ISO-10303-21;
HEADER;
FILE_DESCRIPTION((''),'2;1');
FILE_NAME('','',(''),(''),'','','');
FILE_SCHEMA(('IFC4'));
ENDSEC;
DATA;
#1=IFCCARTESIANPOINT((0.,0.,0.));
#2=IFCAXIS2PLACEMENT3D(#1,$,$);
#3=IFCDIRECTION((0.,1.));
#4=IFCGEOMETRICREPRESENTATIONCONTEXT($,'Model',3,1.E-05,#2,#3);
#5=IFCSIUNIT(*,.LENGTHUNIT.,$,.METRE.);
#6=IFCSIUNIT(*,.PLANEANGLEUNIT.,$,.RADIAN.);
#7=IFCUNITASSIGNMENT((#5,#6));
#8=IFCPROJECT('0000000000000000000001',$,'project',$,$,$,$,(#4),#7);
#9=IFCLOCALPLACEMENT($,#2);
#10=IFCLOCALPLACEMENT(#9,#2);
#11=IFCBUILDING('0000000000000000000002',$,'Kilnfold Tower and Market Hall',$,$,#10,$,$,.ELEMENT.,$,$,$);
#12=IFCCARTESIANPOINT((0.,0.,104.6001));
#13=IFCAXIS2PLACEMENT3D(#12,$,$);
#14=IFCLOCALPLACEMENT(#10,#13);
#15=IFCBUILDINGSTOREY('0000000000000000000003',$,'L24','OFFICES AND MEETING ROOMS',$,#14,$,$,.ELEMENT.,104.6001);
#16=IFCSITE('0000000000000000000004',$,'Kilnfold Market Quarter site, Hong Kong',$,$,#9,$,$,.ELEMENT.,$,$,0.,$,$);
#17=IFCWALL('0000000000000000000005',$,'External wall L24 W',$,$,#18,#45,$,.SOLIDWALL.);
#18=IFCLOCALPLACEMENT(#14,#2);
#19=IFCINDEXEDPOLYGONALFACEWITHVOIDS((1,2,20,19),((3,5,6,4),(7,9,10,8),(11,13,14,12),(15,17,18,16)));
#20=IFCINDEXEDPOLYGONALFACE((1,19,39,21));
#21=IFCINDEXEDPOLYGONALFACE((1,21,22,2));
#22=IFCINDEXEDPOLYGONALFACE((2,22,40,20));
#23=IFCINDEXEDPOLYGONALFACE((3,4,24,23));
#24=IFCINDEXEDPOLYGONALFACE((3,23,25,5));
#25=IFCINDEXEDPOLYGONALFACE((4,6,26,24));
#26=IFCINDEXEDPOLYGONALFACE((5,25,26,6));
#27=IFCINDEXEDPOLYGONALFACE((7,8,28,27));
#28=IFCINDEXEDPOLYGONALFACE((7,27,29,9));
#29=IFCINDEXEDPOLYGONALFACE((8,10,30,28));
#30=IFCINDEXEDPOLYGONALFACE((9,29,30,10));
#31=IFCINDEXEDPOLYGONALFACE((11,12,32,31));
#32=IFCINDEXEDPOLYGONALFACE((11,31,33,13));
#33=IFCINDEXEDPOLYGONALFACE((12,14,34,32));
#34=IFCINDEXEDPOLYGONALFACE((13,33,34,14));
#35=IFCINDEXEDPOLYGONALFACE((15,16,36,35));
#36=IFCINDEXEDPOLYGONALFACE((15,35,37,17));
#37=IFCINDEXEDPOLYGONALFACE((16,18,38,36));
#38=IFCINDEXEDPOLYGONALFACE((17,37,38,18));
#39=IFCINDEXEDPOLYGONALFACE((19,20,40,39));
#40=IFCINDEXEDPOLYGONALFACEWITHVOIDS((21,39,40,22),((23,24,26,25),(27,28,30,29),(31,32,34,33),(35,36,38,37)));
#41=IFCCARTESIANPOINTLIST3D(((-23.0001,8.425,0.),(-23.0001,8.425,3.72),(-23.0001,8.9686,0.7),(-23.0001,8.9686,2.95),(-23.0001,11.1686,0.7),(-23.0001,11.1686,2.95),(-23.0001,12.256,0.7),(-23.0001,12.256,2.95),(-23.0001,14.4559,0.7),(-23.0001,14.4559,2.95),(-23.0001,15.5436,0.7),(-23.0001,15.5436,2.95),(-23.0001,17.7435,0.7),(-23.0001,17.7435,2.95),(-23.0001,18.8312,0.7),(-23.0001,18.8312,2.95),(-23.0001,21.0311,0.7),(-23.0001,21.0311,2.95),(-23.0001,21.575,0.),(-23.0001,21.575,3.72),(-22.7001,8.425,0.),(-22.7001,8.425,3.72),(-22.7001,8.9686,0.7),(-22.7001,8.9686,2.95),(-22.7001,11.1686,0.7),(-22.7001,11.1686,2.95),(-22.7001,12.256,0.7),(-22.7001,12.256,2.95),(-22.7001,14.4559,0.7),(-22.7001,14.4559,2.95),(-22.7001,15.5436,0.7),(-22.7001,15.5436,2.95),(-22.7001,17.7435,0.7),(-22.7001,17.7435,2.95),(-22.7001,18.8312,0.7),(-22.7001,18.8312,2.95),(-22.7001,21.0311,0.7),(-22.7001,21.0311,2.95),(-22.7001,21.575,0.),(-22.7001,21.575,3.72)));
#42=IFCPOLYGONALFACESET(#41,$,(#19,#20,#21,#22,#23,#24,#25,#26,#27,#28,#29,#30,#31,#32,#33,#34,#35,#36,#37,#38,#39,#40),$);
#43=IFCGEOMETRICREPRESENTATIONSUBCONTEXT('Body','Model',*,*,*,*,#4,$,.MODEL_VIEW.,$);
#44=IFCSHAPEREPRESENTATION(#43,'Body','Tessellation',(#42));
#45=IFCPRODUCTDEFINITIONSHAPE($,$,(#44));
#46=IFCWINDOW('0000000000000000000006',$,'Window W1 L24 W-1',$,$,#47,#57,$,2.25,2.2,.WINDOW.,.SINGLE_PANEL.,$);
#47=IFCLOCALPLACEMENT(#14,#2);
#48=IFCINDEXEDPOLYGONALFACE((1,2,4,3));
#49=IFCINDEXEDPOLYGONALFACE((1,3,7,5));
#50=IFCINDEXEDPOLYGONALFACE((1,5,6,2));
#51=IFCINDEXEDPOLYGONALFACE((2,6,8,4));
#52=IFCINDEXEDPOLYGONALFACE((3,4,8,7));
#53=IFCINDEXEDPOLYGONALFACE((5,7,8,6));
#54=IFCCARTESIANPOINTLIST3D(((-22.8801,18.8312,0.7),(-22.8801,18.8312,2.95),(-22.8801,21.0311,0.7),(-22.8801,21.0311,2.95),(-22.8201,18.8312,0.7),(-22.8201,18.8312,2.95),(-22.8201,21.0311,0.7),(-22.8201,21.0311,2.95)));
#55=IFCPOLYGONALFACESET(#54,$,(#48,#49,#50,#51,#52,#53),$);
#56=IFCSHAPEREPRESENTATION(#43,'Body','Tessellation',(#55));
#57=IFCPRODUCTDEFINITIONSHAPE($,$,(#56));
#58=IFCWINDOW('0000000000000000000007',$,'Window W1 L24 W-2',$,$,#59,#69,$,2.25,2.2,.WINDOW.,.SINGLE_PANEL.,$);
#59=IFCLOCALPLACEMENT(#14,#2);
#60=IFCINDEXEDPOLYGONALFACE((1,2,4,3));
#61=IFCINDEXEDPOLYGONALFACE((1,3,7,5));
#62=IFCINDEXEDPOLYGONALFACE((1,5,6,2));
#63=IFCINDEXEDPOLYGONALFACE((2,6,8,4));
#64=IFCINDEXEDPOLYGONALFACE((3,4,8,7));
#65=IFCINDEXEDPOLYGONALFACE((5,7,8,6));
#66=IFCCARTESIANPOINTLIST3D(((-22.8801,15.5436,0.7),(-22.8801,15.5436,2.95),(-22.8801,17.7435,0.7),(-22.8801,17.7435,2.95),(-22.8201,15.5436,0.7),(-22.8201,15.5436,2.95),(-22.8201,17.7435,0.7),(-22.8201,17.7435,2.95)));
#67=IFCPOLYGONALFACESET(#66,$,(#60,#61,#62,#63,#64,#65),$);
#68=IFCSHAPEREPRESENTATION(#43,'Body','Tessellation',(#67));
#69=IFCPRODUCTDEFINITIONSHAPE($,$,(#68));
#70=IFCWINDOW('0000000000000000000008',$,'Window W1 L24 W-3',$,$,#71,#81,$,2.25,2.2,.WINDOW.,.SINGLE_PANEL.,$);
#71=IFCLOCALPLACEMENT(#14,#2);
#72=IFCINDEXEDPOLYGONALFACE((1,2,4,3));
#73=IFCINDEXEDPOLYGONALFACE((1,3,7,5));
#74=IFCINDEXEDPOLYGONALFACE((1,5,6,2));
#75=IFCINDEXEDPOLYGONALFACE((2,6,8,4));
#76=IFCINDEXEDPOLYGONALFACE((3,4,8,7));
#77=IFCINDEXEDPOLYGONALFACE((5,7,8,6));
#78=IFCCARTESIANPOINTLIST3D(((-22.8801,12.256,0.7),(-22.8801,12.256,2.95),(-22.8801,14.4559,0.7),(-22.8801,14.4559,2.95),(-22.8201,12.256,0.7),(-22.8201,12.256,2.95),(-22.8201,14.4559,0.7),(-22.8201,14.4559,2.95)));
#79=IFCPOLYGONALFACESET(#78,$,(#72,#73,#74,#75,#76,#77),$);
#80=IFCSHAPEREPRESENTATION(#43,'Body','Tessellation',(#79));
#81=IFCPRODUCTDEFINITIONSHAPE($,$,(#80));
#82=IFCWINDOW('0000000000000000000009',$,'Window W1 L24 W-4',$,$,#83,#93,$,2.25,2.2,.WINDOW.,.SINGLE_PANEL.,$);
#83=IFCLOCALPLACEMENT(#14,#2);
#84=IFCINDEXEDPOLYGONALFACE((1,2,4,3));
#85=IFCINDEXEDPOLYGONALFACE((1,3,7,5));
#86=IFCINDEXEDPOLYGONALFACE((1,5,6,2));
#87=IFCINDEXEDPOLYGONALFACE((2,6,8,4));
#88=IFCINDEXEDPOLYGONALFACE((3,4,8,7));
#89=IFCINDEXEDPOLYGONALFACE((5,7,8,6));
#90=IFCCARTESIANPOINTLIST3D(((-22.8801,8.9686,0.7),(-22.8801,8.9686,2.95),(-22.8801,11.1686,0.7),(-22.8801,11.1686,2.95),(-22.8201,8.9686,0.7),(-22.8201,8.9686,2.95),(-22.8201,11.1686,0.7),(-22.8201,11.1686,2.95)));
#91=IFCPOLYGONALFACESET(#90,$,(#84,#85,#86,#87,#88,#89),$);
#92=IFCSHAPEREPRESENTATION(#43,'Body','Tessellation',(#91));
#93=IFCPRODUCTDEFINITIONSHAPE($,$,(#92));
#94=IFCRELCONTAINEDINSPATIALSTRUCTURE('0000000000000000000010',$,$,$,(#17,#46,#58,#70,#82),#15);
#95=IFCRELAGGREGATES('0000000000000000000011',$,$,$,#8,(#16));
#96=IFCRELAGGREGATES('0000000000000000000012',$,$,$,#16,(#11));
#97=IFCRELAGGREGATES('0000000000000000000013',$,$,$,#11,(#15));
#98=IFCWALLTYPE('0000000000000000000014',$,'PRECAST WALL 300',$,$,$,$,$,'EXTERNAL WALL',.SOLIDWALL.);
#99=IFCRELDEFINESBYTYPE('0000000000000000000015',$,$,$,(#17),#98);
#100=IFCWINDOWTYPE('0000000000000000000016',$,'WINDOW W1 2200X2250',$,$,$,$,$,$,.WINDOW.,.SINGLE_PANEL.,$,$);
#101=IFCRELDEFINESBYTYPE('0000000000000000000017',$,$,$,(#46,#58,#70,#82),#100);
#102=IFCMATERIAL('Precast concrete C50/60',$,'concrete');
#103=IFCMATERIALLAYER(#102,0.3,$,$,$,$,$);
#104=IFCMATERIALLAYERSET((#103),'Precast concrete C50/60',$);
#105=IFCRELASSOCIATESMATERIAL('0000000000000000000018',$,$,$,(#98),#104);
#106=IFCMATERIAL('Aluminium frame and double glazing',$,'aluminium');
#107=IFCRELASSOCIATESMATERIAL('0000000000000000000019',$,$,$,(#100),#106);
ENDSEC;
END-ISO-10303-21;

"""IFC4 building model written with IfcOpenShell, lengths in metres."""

from ifc_helpers import new_model, si_unit, direction, frame, frame_2d, origin, place, context, subcontext, project, spatial, rectangle, extrude, source, transform, mapped, material, layer, layer_set, type_object, element, fill, save


model = new_model("IFC4")

# Units and contexts
model_context = context("Model", 3, precision=1e-05, world=origin(), true_north=direction((0.0, 1.0)))
body_context = subcontext(model_context, "Body", "Model", "MODEL_VIEW")
ifc_project = project(units=[si_unit("LENGTHUNIT", "METRE"), si_unit("PLANEANGLEUNIT", "RADIAN")], contexts=[model_context])

# Site, building, storey
site_placement = place(None, origin())
site = spatial("IfcSite", under=ifc_project, at=site_placement, Name="Kilnfold Market Quarter site, Hong Kong", CompositionType="ELEMENT", RefElevation=0.0)
building_placement = place(site_placement, origin())
building = spatial("IfcBuilding", under=site, at=building_placement, Name="Kilnfold Tower and Market Hall", CompositionType="ELEMENT")
storey_placement = place(building_placement, frame((0.0, 0.0, 104.6001)))
storey = spatial("IfcBuildingStorey", under=building, at=storey_placement, Name="L24", Description="OFFICES AND MEETING ROOMS", CompositionType="ELEMENT", Elevation=104.6001)

# Wall, openings, windows
ifc_material_1 = material(Name="Precast concrete C50/60", Category="concrete")
ifc_layer_1 = layer(ifc_material_1, 0.3)
ifc_layer_set_1 = layer_set([ifc_layer_1], Name="Precast concrete C50/60")
wall_type_1 = type_object("IfcWallType", Name="PRECAST WALL 300", ElementType="EXTERNAL WALL", PredefinedType="SOLIDWALL", material=ifc_layer_set_1)
shared_shape_1 = source(origin(), body_context, "Body", "SweptSolid", [
    extrude(rectangle(XDim=13.1499, YDim=0.3, at=frame_2d((6.575, 0.0))), origin(), (0.0, 0.0, 1.0), 3.72),
])
wall_1_placement = place(storey_placement, frame((-22.8501, 21.575, 0.0), z_axis=(0.0, 0.0, 1.0), x_axis=(0.0, -1.0, 0.0)))
wall_1 = element("IfcWall", 1, at=wall_1_placement, inside=storey, type_object=wall_type_1, Name="External wall L24 W", PredefinedType="SOLIDWALL", context=body_context, shape_type="MappedRepresentation", body=[
    mapped(shared_shape_1, transform((0.0, 0.0, 0.0))),
])
opening_1_placement = place(wall_1_placement, frame((0.5437, 0.0, 0.7)))
opening_1 = element("IfcOpeningElement", 2, at=opening_1_placement, cuts=wall_1, PredefinedType="OPENING", context=body_context, shape_type="SweptSolid", body=[
    extrude(rectangle(XDim=2.2, YDim=2.25, at=frame_2d((1.1001, 1.125))), frame((0.0, 0.1602, 0.0), z_axis=(0.0, -1.0, 0.0), x_axis=(1.0, 0.0, 0.0)), (0.0, 0.0, 1.0), 0.3201),
])
opening_2_placement = place(wall_1_placement, frame((3.8313, 0.0, 0.7)))
opening_2 = element("IfcOpeningElement", 3, at=opening_2_placement, cuts=wall_1, PredefinedType="OPENING", context=body_context, shape_type="SweptSolid", body=[
    extrude(rectangle(XDim=2.2, YDim=2.25, at=frame_2d((1.1001, 1.125))), frame((0.0, 0.1602, 0.0), z_axis=(0.0, -1.0, 0.0), x_axis=(1.0, 0.0, 0.0)), (0.0, 0.0, 1.0), 0.3201),
])
opening_3_placement = place(wall_1_placement, frame((7.1189, 0.0, 0.7)))
opening_3 = element("IfcOpeningElement", 4, at=opening_3_placement, cuts=wall_1, PredefinedType="OPENING", context=body_context, shape_type="SweptSolid", body=[
    extrude(rectangle(XDim=2.2, YDim=2.25, at=frame_2d((1.1001, 1.125))), frame((0.0, 0.1602, 0.0), z_axis=(0.0, -1.0, 0.0), x_axis=(1.0, 0.0, 0.0)), (0.0, 0.0, 1.0), 0.3201),
])
opening_4_placement = place(wall_1_placement, frame((10.4062, 0.0, 0.7)))
opening_4 = element("IfcOpeningElement", 5, at=opening_4_placement, cuts=wall_1, PredefinedType="OPENING", context=body_context, shape_type="SweptSolid", body=[
    extrude(rectangle(XDim=2.2, YDim=2.25, at=frame_2d((1.1001, 1.125))), frame((0.0, 0.1602, 0.0), z_axis=(0.0, -1.0, 0.0), x_axis=(1.0, 0.0, 0.0)), (0.0, 0.0, 1.0), 0.3201),
])
ifc_material_2 = material(Name="Aluminium frame and double glazing", Category="aluminium")
window_type = type_object("IfcWindowType", Name="WINDOW W1 2200X2250", PartitioningType="SINGLE_PANEL", PredefinedType="WINDOW", material=ifc_material_2)
window_1_placement = place(opening_1_placement, origin())
window_1 = element("IfcWindow", 6, at=window_1_placement, inside=storey, type_object=window_type, Name="Window W1 L24 W-1", OverallHeight=2.25, OverallWidth=2.2, PartitioningType="SINGLE_PANEL", PredefinedType="WINDOW", context=body_context, shape_type="SweptSolid", body=[
    extrude(rectangle(XDim=2.2, YDim=2.25, at=frame_2d((1.1001, 1.125))), frame((0.0, 0.03, 0.0), z_axis=(0.0, -1.0, 0.0), x_axis=(1.0, 0.0, 0.0)), (0.0, 0.0, 1.0), 0.0601),
])
fill(opening_1, window_1)
window_2_placement = place(opening_2_placement, origin())
window_2 = element("IfcWindow", 7, at=window_2_placement, inside=storey, type_object=window_type, Name="Window W1 L24 W-2", OverallHeight=2.25, OverallWidth=2.2, PartitioningType="SINGLE_PANEL", PredefinedType="WINDOW", context=body_context, shape_type="SweptSolid", body=[
    extrude(rectangle(XDim=2.2, YDim=2.25, at=frame_2d((1.1001, 1.125))), frame((0.0, 0.03, 0.0), z_axis=(0.0, -1.0, 0.0), x_axis=(1.0, 0.0, 0.0)), (0.0, 0.0, 1.0), 0.0601),
])
fill(opening_2, window_2)
window_3_placement = place(opening_3_placement, origin())
window_3 = element("IfcWindow", 8, at=window_3_placement, inside=storey, type_object=window_type, Name="Window W1 L24 W-3", OverallHeight=2.25, OverallWidth=2.2, PartitioningType="SINGLE_PANEL", PredefinedType="WINDOW", context=body_context, shape_type="SweptSolid", body=[
    extrude(rectangle(XDim=2.2, YDim=2.25, at=frame_2d((1.1001, 1.125))), frame((0.0, 0.03, 0.0), z_axis=(0.0, -1.0, 0.0), x_axis=(1.0, 0.0, 0.0)), (0.0, 0.0, 1.0), 0.0601),
])
fill(opening_3, window_3)
window_4_placement = place(opening_4_placement, origin())
window_4 = element("IfcWindow", 9, at=window_4_placement, inside=storey, type_object=window_type, Name="Window W1 L24 W-4", OverallHeight=2.25, OverallWidth=2.2, PartitioningType="SINGLE_PANEL", PredefinedType="WINDOW", context=body_context, shape_type="SweptSolid", body=[
    extrude(rectangle(XDim=2.2, YDim=2.25, at=frame_2d((1.1001, 1.125))), frame((0.0, 0.03, 0.0), z_axis=(0.0, -1.0, 0.0), x_axis=(1.0, 0.0, 0.0)), (0.0, 0.0, 1.0), 0.0601),
])
fill(opening_4, window_4)

save(model, "model.ifc")
